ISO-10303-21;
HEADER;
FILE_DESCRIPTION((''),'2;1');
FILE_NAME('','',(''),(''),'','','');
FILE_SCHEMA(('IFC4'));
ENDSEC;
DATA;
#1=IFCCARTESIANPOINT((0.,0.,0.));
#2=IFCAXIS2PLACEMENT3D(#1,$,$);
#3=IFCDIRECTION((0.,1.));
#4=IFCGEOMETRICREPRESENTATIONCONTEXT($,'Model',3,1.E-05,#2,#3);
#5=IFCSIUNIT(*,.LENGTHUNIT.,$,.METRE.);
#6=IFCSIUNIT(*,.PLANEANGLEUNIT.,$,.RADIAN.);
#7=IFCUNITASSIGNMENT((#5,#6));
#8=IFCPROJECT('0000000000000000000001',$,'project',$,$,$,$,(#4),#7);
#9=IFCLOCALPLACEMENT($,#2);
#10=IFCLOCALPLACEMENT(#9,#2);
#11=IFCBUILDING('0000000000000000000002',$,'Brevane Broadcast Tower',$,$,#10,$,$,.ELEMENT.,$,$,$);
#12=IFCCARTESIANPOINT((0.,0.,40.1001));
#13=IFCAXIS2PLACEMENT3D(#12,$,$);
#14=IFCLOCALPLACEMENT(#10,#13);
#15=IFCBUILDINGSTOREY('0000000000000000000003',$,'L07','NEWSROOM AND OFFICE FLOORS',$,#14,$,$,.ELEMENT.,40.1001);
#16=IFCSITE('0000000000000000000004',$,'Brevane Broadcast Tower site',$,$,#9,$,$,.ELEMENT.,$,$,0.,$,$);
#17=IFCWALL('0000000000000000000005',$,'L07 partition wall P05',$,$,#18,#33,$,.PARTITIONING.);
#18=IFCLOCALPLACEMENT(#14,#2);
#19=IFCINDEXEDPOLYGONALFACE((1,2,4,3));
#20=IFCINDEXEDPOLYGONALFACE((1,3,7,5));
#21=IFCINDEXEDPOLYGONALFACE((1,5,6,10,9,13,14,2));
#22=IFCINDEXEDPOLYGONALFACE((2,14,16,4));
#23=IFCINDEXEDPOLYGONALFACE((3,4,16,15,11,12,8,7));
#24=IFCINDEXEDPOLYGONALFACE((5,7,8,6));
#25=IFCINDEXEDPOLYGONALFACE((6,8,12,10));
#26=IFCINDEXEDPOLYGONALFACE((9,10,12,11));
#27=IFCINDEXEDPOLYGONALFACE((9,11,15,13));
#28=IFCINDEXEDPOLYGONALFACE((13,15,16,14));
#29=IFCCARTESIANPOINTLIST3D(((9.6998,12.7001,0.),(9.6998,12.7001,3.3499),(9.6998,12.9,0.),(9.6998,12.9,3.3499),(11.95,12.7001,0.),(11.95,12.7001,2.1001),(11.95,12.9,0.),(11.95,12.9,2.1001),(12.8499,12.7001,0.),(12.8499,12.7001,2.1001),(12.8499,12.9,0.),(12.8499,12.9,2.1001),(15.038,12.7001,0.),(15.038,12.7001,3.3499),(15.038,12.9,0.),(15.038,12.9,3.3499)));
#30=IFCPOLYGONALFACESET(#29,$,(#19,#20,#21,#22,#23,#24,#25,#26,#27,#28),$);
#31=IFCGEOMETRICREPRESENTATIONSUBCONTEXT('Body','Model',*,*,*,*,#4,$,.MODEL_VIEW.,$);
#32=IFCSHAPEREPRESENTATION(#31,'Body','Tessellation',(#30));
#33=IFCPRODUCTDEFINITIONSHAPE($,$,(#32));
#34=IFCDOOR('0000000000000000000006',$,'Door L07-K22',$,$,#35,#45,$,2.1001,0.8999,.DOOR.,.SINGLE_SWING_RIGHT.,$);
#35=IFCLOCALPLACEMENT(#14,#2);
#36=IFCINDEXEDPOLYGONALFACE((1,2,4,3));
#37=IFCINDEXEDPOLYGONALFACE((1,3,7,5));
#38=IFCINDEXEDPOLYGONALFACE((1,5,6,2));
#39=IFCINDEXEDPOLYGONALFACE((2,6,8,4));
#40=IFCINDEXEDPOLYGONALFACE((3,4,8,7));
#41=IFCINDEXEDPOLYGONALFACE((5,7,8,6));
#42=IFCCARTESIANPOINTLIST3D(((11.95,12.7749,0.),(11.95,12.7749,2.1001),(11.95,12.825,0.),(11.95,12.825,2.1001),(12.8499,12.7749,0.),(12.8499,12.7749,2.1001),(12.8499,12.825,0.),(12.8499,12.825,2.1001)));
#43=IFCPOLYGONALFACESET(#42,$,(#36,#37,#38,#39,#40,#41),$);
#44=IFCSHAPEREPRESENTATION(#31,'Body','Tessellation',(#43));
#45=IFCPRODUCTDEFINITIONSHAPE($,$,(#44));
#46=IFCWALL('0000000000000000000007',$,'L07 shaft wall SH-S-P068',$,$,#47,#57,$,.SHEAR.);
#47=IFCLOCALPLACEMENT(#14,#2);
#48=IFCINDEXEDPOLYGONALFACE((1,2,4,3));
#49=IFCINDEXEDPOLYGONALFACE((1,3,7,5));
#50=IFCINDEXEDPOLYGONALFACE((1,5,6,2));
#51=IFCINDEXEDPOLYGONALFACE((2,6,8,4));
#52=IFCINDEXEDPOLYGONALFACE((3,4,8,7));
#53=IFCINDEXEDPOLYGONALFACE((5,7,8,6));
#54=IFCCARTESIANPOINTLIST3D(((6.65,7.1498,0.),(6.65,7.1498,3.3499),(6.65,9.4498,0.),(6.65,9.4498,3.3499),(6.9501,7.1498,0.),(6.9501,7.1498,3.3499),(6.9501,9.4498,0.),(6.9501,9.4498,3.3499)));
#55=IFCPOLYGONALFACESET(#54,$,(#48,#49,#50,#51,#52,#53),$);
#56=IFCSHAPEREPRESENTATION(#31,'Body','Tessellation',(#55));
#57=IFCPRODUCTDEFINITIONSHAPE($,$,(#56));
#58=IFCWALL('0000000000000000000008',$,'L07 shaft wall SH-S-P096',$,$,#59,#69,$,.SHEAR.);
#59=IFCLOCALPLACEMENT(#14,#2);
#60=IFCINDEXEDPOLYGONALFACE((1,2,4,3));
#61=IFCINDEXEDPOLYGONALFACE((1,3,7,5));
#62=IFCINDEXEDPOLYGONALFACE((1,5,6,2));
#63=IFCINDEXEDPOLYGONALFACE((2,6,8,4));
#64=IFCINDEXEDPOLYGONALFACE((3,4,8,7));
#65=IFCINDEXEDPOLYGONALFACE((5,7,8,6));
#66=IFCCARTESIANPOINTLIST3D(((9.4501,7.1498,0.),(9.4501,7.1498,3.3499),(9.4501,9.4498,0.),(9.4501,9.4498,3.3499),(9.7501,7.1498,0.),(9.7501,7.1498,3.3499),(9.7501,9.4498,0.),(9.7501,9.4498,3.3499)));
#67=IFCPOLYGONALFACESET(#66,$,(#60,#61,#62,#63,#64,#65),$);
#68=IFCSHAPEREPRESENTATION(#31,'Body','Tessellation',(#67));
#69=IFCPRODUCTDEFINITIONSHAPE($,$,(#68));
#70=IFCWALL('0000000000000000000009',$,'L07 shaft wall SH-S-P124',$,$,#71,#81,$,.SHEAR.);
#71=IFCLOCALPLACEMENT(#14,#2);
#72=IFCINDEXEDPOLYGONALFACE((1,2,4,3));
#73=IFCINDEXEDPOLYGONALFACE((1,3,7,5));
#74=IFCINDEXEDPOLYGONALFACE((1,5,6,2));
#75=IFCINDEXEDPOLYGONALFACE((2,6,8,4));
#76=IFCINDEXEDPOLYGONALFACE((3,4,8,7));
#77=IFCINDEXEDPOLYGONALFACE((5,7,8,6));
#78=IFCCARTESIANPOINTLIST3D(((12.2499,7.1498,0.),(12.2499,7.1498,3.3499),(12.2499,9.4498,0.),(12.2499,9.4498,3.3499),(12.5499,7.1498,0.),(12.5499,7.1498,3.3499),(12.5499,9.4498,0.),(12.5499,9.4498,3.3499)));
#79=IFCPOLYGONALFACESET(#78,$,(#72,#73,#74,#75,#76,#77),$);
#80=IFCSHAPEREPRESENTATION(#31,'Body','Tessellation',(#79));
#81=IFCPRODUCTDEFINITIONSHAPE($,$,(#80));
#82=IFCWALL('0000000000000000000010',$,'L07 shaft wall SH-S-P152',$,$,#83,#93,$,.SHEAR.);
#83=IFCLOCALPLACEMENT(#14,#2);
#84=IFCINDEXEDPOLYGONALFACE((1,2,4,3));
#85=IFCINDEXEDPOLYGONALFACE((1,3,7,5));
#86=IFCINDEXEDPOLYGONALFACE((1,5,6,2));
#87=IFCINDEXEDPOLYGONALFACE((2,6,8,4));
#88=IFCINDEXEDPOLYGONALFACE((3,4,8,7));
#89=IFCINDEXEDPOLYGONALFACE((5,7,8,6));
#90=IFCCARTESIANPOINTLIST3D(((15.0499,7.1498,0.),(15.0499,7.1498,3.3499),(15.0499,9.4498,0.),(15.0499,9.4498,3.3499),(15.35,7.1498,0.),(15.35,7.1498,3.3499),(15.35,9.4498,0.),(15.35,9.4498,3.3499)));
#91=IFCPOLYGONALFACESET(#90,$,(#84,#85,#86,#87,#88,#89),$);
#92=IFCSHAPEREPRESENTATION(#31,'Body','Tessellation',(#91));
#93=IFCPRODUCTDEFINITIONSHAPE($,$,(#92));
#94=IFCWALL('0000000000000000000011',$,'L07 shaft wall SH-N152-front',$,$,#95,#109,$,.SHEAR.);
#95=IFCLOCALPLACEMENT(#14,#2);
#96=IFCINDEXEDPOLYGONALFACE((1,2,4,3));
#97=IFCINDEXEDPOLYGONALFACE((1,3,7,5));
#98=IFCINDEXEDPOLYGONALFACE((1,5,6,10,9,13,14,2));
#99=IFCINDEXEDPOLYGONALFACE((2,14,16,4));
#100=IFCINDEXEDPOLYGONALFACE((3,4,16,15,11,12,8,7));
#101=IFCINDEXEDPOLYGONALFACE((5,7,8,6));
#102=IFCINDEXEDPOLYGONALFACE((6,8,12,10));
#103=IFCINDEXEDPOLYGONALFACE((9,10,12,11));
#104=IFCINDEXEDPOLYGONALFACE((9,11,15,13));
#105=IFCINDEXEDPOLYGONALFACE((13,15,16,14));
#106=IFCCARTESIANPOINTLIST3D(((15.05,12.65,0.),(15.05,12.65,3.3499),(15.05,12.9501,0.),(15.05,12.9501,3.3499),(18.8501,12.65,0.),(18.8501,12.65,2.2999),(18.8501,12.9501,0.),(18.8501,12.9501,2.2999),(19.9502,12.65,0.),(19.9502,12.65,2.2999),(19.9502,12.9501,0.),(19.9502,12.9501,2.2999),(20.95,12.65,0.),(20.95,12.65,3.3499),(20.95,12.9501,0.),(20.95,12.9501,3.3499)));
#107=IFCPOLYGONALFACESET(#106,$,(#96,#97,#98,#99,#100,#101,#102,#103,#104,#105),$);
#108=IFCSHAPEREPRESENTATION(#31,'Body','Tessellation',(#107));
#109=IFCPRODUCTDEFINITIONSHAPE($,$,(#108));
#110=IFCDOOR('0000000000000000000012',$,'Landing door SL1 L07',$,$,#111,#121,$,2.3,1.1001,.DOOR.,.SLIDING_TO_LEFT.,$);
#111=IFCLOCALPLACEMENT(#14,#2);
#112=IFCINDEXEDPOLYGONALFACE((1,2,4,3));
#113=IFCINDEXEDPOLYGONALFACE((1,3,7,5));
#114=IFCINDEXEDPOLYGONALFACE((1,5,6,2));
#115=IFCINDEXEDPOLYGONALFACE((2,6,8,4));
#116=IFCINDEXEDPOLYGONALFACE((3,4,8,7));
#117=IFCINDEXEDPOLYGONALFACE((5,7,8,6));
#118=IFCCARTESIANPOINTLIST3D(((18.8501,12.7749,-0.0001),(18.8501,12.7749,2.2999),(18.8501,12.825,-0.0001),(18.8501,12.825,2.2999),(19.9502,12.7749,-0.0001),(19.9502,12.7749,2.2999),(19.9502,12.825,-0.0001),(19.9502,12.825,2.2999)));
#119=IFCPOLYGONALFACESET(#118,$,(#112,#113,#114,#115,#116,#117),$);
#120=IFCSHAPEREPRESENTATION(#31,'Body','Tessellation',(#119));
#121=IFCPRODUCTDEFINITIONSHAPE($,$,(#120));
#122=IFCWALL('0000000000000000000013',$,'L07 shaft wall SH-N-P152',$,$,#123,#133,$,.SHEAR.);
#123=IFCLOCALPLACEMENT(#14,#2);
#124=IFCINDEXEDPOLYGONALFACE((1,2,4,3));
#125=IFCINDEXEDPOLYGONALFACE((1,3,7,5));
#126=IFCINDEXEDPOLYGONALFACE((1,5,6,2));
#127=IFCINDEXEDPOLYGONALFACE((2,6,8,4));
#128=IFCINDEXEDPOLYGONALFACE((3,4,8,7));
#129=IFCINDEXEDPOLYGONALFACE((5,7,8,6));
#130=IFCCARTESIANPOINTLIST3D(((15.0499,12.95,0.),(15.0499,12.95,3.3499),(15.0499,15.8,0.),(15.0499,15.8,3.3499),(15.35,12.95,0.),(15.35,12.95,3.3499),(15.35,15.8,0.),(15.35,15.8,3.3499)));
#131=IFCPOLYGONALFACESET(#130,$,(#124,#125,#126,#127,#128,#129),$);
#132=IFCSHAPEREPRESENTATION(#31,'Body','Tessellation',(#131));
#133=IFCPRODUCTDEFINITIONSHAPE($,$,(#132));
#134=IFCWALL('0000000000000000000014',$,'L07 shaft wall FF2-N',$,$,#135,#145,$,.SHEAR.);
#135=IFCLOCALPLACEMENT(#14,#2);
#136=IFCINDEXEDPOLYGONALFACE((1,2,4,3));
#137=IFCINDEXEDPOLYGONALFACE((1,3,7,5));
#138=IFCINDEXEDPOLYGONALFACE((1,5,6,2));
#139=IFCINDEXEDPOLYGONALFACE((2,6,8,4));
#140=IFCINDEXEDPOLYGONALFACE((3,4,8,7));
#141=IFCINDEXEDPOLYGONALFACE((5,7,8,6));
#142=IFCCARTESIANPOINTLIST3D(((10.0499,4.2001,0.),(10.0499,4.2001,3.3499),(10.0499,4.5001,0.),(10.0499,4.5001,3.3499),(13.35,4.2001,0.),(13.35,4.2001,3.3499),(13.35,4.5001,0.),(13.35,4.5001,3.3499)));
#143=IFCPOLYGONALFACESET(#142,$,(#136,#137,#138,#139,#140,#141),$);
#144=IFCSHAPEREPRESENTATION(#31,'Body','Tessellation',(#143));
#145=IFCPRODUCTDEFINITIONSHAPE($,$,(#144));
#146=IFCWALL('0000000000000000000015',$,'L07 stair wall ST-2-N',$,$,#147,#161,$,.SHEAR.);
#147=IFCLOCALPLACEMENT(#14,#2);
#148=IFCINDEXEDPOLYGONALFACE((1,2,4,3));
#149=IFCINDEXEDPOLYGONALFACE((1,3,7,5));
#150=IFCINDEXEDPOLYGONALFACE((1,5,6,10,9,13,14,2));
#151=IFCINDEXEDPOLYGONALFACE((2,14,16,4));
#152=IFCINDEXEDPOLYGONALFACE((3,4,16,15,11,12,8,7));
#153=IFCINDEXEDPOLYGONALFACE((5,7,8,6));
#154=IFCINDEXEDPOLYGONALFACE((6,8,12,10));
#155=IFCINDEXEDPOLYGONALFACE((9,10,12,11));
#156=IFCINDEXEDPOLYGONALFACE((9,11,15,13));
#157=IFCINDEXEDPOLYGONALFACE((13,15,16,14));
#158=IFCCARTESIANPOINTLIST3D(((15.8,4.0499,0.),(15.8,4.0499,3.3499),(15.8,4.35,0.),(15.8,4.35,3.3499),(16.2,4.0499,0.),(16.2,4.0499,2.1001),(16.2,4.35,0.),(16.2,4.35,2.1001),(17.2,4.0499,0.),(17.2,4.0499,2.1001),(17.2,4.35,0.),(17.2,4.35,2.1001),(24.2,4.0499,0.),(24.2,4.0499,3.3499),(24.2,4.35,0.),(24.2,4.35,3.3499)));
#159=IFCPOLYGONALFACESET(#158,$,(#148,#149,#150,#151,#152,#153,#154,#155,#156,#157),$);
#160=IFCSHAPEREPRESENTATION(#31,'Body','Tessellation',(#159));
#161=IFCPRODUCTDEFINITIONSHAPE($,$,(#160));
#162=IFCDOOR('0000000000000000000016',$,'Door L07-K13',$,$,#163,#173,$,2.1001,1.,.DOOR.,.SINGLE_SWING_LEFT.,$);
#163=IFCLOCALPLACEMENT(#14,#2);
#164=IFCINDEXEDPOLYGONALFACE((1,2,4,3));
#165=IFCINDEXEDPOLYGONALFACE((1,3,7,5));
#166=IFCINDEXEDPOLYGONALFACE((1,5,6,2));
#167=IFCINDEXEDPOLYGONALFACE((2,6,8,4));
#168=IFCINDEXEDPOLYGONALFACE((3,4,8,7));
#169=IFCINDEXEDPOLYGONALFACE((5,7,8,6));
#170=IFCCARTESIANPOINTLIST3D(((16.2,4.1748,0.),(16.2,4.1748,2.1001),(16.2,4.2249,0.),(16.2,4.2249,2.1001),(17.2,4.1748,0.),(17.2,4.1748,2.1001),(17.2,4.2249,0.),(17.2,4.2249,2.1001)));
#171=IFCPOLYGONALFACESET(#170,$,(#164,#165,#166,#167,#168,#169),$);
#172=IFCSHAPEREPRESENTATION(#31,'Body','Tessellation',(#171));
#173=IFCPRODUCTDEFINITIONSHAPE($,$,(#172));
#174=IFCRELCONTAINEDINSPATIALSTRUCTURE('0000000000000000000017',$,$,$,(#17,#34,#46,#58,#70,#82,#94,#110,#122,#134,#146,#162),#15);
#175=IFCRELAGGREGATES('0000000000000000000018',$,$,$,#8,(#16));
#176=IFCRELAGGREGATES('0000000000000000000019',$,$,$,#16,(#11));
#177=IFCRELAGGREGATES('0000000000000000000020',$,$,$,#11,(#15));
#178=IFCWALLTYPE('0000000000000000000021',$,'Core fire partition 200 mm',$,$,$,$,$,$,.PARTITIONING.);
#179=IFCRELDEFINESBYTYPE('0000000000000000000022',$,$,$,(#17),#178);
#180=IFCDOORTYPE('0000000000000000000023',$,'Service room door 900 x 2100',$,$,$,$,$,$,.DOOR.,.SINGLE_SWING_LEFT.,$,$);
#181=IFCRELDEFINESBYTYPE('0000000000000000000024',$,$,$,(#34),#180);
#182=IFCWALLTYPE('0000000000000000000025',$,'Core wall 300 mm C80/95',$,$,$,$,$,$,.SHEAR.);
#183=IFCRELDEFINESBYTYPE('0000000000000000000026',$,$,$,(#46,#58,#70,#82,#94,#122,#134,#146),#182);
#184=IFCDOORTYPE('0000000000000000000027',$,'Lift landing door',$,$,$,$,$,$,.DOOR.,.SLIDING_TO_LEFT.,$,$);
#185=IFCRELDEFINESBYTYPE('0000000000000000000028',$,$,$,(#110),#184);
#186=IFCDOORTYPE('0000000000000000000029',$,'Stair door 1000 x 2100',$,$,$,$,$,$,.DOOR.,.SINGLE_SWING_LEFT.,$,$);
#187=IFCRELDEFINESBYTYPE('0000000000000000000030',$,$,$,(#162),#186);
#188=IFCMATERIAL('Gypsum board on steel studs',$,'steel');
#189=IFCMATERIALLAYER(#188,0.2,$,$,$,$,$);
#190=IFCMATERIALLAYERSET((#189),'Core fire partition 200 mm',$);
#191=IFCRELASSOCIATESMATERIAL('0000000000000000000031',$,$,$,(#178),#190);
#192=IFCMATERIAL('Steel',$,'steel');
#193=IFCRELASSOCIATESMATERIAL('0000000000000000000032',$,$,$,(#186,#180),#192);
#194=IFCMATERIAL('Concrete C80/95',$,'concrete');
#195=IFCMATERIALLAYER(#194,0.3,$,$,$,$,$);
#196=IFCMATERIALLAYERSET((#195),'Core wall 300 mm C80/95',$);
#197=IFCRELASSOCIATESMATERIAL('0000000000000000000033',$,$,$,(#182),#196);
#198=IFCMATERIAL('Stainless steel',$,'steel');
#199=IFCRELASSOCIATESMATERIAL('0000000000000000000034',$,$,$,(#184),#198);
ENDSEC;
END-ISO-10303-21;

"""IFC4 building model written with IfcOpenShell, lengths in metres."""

from ifc_helpers import new_model, si_unit, direction, frame, frame_2d, origin, place, context, subcontext, project, spatial, rectangle, extrude, material, layer, layer_set, type_object, element, fill, save


model = new_model("IFC4")

# Units and contexts
model_context = context("Model", 3, precision=1e-05, world=origin(), true_north=direction((0.0, 1.0)))
body_context = subcontext(model_context, "Body", "Model", "MODEL_VIEW")
ifc_project = project(units=[si_unit("LENGTHUNIT", "METRE"), si_unit("PLANEANGLEUNIT", "RADIAN")], contexts=[model_context])

# Site, building, storey
site_placement = place(None, origin())
site = spatial("IfcSite", under=ifc_project, at=site_placement, Name="Brevane Broadcast Tower site", CompositionType="ELEMENT", RefElevation=0.0)
building_placement = place(site_placement, origin())
building = spatial("IfcBuilding", under=site, at=building_placement, Name="Brevane Broadcast Tower", CompositionType="ELEMENT")
storey_placement = place(building_placement, frame((0.0, 0.0, 40.1001)))
storey = spatial("IfcBuildingStorey", under=building, at=storey_placement, Name="L07", Description="NEWSROOM AND OFFICE FLOORS", CompositionType="ELEMENT", Elevation=40.1001)

# Shared definitions
ifc_material_1 = material(Name="Gypsum board on steel studs", Category="steel")

# Shared definitions
ifc_layer_1 = layer(ifc_material_1, 0.2)
ifc_layer_set_1 = layer_set([ifc_layer_1], Name="Core fire partition 200 mm")
wall_type_1 = type_object("IfcWallType", Name="Core fire partition 200 mm", PredefinedType="PARTITIONING", material=ifc_layer_set_1)
ifc_material_2 = material(Name="Steel", Category="steel")
door_type_1 = type_object("IfcDoorType", Name="Stair door 1000 x 2100", OperationType="SINGLE_SWING_LEFT", PredefinedType="DOOR", material=ifc_material_2)

# Wall, opening, door
wall_1_placement = place(storey_placement, frame((9.7, 12.8, 0.0), z_axis=(0.0, 0.0, 1.0), x_axis=(1.0, 0.0, 0.0)))
wall_1 = element("IfcWall", 1, at=wall_1_placement, inside=storey, type_object=wall_type_1, Name="L07 partition wall P05", PredefinedType="PARTITIONING", context=body_context, shape_type="SweptSolid", body=[
    extrude(rectangle(XDim=5.3381, YDim=0.2, at=frame_2d((2.6689, 0.0))), origin(), (0.0, 0.0, 1.0), 3.3499),
])
opening_1_placement = place(wall_1_placement, frame((2.25, 0.0, 0.0)))
opening_1 = element("IfcOpeningElement", 2, at=opening_1_placement, cuts=wall_1, PredefinedType="OPENING", context=body_context, shape_type="SweptSolid", body=[
    extrude(rectangle(XDim=0.8999, YDim=2.1001, at=frame_2d((0.45, 1.05))), frame((0.0, 0.1099, 0.0), z_axis=(0.0, -1.0, 0.0), x_axis=(1.0, 0.0, 0.0)), (0.0, 0.0, 1.0), 0.22),
])
door_type_2 = type_object("IfcDoorType", Name="Service room door 900 x 2100", OperationType="SINGLE_SWING_LEFT", PredefinedType="DOOR", material=ifc_material_2)
door_1_placement = place(opening_1_placement, origin())
door_1 = element("IfcDoor", 3, at=door_1_placement, inside=storey, type_object=door_type_2, Name="Door L07-K22", OperationType="SINGLE_SWING_RIGHT", OverallHeight=2.1001, OverallWidth=0.8999, PredefinedType="DOOR", context=body_context, shape_type="SweptSolid", body=[
    extrude(rectangle(XDim=0.8999, YDim=2.1001, at=frame_2d((0.45, 1.05))), frame((0.0, 0.0249, 0.0), z_axis=(0.0, -1.0, 0.0), x_axis=(1.0, 0.0, 0.0)), (0.0, 0.0, 1.0), 0.05),
])
fill(opening_1, door_1)

# Walls
ifc_material_3 = material(Name="Concrete C80/95", Category="concrete")
ifc_layer_2 = layer(ifc_material_3, 0.3)
ifc_layer_set_2 = layer_set([ifc_layer_2], Name="Core wall 300 mm C80/95")
wall_type_2 = type_object("IfcWallType", Name="Core wall 300 mm C80/95", PredefinedType="SHEAR", material=ifc_layer_set_2)
for number, where, z_axis, x_axis, name in (
    (4, (6.8, 7.1499, 0.0), (0.0, 0.0, 1.0), (0.0, 1.0, 0.0), "L07 shaft wall SH-S-P068"),
    (5, (9.6001, 7.1499, 0.0), (0.0, 0.0, 1.0), (0.0, 1.0, 0.0), "L07 shaft wall SH-S-P096"),
    (6, (12.3999, 7.1499, 0.0), (0.0, 0.0, 1.0), (0.0, 1.0, 0.0), "L07 shaft wall SH-S-P124"),
    (7, (15.2, 7.1499, 0.0), (0.0, 0.0, 1.0), (0.0, 1.0, 0.0), "L07 shaft wall SH-S-P152"),
):
    element("IfcWall", number, at=place(storey_placement, frame(where, z_axis=z_axis, x_axis=x_axis)), inside=storey, type_object=wall_type_2, Name=name, PredefinedType="SHEAR", context=body_context, shape_type="SweptSolid", body=[
        extrude(rectangle(XDim=2.3, YDim=0.3, at=frame_2d((1.1499, 0.0))), origin(), (0.0, 0.0, 1.0), 3.3499),
    ])

# Wall, opening, door
wall_2_placement = place(storey_placement, frame((15.05, 12.8, 0.0), z_axis=(0.0, 0.0, 1.0), x_axis=(1.0, 0.0, 0.0)))
wall_2 = element("IfcWall", 8, at=wall_2_placement, inside=storey, type_object=wall_type_2, Name="L07 shaft wall SH-N152-front", PredefinedType="SHEAR", context=body_context, shape_type="SweptSolid", body=[
    extrude(rectangle(XDim=5.8999, YDim=0.3, at=frame_2d((2.95, 0.0))), origin(), (0.0, 0.0, 1.0), 3.3499),
])
opening_2_placement = place(wall_2_placement, frame((3.8, 0.0, 0.0)))
opening_2 = element("IfcOpeningElement", 9, at=opening_2_placement, cuts=wall_2, PredefinedType="OPENING", context=body_context, shape_type="SweptSolid", body=[
    extrude(rectangle(XDim=1.1001, YDim=2.3, at=frame_2d((0.55, 1.1499))), frame((0.0, 0.1599, 0.0), z_axis=(0.0, -1.0, 0.0), x_axis=(1.0, 0.0, 0.0)), (0.0, 0.0, 1.0), 0.3201),
])
ifc_material_4 = material(Name="Stainless steel", Category="steel")
door_type_3 = type_object("IfcDoorType", Name="Lift landing door", OperationType="SLIDING_TO_LEFT", PredefinedType="DOOR", material=ifc_material_4)
door_2_placement = place(opening_2_placement, origin())
door_2 = element("IfcDoor", 10, at=door_2_placement, inside=storey, type_object=door_type_3, Name="Landing door SL1 L07", OperationType="SLIDING_TO_LEFT", OverallHeight=2.3, OverallWidth=1.1001, PredefinedType="DOOR", context=body_context, shape_type="SweptSolid", body=[
    extrude(rectangle(XDim=1.1001, YDim=2.3, at=frame_2d((0.55, 1.1499))), frame((0.0, 0.0249, 0.0), z_axis=(0.0, -1.0, 0.0), x_axis=(1.0, 0.0, 0.0)), (0.0, 0.0, 1.0), 0.05),
])
fill(opening_2, door_2)

# Walls
wall_3_placement = place(storey_placement, frame((15.2, 12.95, 0.0), z_axis=(0.0, 0.0, 1.0), x_axis=(0.0, 1.0, 0.0)))
element("IfcWall", 11, at=wall_3_placement, inside=storey, type_object=wall_type_2, Name="L07 shaft wall SH-N-P152", PredefinedType="SHEAR", context=body_context, shape_type="SweptSolid", body=[
    extrude(rectangle(XDim=2.8501, YDim=0.3, at=frame_2d((1.425, 0.0))), origin(), (0.0, 0.0, 1.0), 3.3499),
])
wall_4_placement = place(storey_placement, frame((10.05, 4.3501, 0.0), z_axis=(0.0, 0.0, 1.0), x_axis=(1.0, 0.0, 0.0)))
element("IfcWall", 12, at=wall_4_placement, inside=storey, type_object=wall_type_2, Name="L07 shaft wall FF2-N", PredefinedType="SHEAR", context=body_context, shape_type="SweptSolid", body=[
    extrude(rectangle(XDim=3.3, YDim=0.3, at=frame_2d((1.6499, 0.0))), origin(), (0.0, 0.0, 1.0), 3.3499),
])

# Wall, opening, door
wall_5_placement = place(storey_placement, frame((15.8, 4.2, 0.0), z_axis=(0.0, 0.0, 1.0), x_axis=(1.0, 0.0, 0.0)))
wall_5 = element("IfcWall", 13, at=wall_5_placement, inside=storey, type_object=wall_type_2, Name="L07 stair wall ST-2-N", PredefinedType="SHEAR", context=body_context, shape_type="SweptSolid", body=[
    extrude(rectangle(XDim=8.3999, YDim=0.3, at=frame_2d((4.2, 0.0))), origin(), (0.0, 0.0, 1.0), 3.3499),
])
opening_3_placement = place(wall_5_placement, frame((0.3999, 0.0, 0.0)))
opening_3 = element("IfcOpeningElement", 14, at=opening_3_placement, cuts=wall_5, PredefinedType="OPENING", context=body_context, shape_type="SweptSolid", body=[
    extrude(rectangle(XDim=1.0, YDim=2.1001, at=frame_2d((0.5, 1.05))), frame((0.0, 0.1599, 0.0), z_axis=(0.0, -1.0, 0.0), x_axis=(1.0, 0.0, 0.0)), (0.0, 0.0, 1.0), 0.3201),
])
door_3_placement = place(opening_3_placement, origin())
door_3 = element("IfcDoor", 15, at=door_3_placement, inside=storey, type_object=door_type_1, Name="Door L07-K13", OperationType="SINGLE_SWING_LEFT", OverallHeight=2.1001, OverallWidth=1.0, PredefinedType="DOOR", context=body_context, shape_type="SweptSolid", body=[
    extrude(rectangle(XDim=1.0, YDim=2.1001, at=frame_2d((0.5, 1.05))), frame((0.0, 0.0249, 0.0), z_axis=(0.0, -1.0, 0.0), x_axis=(1.0, 0.0, 0.0)), (0.0, 0.0, 1.0), 0.05),
])
fill(opening_3, door_3)

save(model, "model.ifc")
